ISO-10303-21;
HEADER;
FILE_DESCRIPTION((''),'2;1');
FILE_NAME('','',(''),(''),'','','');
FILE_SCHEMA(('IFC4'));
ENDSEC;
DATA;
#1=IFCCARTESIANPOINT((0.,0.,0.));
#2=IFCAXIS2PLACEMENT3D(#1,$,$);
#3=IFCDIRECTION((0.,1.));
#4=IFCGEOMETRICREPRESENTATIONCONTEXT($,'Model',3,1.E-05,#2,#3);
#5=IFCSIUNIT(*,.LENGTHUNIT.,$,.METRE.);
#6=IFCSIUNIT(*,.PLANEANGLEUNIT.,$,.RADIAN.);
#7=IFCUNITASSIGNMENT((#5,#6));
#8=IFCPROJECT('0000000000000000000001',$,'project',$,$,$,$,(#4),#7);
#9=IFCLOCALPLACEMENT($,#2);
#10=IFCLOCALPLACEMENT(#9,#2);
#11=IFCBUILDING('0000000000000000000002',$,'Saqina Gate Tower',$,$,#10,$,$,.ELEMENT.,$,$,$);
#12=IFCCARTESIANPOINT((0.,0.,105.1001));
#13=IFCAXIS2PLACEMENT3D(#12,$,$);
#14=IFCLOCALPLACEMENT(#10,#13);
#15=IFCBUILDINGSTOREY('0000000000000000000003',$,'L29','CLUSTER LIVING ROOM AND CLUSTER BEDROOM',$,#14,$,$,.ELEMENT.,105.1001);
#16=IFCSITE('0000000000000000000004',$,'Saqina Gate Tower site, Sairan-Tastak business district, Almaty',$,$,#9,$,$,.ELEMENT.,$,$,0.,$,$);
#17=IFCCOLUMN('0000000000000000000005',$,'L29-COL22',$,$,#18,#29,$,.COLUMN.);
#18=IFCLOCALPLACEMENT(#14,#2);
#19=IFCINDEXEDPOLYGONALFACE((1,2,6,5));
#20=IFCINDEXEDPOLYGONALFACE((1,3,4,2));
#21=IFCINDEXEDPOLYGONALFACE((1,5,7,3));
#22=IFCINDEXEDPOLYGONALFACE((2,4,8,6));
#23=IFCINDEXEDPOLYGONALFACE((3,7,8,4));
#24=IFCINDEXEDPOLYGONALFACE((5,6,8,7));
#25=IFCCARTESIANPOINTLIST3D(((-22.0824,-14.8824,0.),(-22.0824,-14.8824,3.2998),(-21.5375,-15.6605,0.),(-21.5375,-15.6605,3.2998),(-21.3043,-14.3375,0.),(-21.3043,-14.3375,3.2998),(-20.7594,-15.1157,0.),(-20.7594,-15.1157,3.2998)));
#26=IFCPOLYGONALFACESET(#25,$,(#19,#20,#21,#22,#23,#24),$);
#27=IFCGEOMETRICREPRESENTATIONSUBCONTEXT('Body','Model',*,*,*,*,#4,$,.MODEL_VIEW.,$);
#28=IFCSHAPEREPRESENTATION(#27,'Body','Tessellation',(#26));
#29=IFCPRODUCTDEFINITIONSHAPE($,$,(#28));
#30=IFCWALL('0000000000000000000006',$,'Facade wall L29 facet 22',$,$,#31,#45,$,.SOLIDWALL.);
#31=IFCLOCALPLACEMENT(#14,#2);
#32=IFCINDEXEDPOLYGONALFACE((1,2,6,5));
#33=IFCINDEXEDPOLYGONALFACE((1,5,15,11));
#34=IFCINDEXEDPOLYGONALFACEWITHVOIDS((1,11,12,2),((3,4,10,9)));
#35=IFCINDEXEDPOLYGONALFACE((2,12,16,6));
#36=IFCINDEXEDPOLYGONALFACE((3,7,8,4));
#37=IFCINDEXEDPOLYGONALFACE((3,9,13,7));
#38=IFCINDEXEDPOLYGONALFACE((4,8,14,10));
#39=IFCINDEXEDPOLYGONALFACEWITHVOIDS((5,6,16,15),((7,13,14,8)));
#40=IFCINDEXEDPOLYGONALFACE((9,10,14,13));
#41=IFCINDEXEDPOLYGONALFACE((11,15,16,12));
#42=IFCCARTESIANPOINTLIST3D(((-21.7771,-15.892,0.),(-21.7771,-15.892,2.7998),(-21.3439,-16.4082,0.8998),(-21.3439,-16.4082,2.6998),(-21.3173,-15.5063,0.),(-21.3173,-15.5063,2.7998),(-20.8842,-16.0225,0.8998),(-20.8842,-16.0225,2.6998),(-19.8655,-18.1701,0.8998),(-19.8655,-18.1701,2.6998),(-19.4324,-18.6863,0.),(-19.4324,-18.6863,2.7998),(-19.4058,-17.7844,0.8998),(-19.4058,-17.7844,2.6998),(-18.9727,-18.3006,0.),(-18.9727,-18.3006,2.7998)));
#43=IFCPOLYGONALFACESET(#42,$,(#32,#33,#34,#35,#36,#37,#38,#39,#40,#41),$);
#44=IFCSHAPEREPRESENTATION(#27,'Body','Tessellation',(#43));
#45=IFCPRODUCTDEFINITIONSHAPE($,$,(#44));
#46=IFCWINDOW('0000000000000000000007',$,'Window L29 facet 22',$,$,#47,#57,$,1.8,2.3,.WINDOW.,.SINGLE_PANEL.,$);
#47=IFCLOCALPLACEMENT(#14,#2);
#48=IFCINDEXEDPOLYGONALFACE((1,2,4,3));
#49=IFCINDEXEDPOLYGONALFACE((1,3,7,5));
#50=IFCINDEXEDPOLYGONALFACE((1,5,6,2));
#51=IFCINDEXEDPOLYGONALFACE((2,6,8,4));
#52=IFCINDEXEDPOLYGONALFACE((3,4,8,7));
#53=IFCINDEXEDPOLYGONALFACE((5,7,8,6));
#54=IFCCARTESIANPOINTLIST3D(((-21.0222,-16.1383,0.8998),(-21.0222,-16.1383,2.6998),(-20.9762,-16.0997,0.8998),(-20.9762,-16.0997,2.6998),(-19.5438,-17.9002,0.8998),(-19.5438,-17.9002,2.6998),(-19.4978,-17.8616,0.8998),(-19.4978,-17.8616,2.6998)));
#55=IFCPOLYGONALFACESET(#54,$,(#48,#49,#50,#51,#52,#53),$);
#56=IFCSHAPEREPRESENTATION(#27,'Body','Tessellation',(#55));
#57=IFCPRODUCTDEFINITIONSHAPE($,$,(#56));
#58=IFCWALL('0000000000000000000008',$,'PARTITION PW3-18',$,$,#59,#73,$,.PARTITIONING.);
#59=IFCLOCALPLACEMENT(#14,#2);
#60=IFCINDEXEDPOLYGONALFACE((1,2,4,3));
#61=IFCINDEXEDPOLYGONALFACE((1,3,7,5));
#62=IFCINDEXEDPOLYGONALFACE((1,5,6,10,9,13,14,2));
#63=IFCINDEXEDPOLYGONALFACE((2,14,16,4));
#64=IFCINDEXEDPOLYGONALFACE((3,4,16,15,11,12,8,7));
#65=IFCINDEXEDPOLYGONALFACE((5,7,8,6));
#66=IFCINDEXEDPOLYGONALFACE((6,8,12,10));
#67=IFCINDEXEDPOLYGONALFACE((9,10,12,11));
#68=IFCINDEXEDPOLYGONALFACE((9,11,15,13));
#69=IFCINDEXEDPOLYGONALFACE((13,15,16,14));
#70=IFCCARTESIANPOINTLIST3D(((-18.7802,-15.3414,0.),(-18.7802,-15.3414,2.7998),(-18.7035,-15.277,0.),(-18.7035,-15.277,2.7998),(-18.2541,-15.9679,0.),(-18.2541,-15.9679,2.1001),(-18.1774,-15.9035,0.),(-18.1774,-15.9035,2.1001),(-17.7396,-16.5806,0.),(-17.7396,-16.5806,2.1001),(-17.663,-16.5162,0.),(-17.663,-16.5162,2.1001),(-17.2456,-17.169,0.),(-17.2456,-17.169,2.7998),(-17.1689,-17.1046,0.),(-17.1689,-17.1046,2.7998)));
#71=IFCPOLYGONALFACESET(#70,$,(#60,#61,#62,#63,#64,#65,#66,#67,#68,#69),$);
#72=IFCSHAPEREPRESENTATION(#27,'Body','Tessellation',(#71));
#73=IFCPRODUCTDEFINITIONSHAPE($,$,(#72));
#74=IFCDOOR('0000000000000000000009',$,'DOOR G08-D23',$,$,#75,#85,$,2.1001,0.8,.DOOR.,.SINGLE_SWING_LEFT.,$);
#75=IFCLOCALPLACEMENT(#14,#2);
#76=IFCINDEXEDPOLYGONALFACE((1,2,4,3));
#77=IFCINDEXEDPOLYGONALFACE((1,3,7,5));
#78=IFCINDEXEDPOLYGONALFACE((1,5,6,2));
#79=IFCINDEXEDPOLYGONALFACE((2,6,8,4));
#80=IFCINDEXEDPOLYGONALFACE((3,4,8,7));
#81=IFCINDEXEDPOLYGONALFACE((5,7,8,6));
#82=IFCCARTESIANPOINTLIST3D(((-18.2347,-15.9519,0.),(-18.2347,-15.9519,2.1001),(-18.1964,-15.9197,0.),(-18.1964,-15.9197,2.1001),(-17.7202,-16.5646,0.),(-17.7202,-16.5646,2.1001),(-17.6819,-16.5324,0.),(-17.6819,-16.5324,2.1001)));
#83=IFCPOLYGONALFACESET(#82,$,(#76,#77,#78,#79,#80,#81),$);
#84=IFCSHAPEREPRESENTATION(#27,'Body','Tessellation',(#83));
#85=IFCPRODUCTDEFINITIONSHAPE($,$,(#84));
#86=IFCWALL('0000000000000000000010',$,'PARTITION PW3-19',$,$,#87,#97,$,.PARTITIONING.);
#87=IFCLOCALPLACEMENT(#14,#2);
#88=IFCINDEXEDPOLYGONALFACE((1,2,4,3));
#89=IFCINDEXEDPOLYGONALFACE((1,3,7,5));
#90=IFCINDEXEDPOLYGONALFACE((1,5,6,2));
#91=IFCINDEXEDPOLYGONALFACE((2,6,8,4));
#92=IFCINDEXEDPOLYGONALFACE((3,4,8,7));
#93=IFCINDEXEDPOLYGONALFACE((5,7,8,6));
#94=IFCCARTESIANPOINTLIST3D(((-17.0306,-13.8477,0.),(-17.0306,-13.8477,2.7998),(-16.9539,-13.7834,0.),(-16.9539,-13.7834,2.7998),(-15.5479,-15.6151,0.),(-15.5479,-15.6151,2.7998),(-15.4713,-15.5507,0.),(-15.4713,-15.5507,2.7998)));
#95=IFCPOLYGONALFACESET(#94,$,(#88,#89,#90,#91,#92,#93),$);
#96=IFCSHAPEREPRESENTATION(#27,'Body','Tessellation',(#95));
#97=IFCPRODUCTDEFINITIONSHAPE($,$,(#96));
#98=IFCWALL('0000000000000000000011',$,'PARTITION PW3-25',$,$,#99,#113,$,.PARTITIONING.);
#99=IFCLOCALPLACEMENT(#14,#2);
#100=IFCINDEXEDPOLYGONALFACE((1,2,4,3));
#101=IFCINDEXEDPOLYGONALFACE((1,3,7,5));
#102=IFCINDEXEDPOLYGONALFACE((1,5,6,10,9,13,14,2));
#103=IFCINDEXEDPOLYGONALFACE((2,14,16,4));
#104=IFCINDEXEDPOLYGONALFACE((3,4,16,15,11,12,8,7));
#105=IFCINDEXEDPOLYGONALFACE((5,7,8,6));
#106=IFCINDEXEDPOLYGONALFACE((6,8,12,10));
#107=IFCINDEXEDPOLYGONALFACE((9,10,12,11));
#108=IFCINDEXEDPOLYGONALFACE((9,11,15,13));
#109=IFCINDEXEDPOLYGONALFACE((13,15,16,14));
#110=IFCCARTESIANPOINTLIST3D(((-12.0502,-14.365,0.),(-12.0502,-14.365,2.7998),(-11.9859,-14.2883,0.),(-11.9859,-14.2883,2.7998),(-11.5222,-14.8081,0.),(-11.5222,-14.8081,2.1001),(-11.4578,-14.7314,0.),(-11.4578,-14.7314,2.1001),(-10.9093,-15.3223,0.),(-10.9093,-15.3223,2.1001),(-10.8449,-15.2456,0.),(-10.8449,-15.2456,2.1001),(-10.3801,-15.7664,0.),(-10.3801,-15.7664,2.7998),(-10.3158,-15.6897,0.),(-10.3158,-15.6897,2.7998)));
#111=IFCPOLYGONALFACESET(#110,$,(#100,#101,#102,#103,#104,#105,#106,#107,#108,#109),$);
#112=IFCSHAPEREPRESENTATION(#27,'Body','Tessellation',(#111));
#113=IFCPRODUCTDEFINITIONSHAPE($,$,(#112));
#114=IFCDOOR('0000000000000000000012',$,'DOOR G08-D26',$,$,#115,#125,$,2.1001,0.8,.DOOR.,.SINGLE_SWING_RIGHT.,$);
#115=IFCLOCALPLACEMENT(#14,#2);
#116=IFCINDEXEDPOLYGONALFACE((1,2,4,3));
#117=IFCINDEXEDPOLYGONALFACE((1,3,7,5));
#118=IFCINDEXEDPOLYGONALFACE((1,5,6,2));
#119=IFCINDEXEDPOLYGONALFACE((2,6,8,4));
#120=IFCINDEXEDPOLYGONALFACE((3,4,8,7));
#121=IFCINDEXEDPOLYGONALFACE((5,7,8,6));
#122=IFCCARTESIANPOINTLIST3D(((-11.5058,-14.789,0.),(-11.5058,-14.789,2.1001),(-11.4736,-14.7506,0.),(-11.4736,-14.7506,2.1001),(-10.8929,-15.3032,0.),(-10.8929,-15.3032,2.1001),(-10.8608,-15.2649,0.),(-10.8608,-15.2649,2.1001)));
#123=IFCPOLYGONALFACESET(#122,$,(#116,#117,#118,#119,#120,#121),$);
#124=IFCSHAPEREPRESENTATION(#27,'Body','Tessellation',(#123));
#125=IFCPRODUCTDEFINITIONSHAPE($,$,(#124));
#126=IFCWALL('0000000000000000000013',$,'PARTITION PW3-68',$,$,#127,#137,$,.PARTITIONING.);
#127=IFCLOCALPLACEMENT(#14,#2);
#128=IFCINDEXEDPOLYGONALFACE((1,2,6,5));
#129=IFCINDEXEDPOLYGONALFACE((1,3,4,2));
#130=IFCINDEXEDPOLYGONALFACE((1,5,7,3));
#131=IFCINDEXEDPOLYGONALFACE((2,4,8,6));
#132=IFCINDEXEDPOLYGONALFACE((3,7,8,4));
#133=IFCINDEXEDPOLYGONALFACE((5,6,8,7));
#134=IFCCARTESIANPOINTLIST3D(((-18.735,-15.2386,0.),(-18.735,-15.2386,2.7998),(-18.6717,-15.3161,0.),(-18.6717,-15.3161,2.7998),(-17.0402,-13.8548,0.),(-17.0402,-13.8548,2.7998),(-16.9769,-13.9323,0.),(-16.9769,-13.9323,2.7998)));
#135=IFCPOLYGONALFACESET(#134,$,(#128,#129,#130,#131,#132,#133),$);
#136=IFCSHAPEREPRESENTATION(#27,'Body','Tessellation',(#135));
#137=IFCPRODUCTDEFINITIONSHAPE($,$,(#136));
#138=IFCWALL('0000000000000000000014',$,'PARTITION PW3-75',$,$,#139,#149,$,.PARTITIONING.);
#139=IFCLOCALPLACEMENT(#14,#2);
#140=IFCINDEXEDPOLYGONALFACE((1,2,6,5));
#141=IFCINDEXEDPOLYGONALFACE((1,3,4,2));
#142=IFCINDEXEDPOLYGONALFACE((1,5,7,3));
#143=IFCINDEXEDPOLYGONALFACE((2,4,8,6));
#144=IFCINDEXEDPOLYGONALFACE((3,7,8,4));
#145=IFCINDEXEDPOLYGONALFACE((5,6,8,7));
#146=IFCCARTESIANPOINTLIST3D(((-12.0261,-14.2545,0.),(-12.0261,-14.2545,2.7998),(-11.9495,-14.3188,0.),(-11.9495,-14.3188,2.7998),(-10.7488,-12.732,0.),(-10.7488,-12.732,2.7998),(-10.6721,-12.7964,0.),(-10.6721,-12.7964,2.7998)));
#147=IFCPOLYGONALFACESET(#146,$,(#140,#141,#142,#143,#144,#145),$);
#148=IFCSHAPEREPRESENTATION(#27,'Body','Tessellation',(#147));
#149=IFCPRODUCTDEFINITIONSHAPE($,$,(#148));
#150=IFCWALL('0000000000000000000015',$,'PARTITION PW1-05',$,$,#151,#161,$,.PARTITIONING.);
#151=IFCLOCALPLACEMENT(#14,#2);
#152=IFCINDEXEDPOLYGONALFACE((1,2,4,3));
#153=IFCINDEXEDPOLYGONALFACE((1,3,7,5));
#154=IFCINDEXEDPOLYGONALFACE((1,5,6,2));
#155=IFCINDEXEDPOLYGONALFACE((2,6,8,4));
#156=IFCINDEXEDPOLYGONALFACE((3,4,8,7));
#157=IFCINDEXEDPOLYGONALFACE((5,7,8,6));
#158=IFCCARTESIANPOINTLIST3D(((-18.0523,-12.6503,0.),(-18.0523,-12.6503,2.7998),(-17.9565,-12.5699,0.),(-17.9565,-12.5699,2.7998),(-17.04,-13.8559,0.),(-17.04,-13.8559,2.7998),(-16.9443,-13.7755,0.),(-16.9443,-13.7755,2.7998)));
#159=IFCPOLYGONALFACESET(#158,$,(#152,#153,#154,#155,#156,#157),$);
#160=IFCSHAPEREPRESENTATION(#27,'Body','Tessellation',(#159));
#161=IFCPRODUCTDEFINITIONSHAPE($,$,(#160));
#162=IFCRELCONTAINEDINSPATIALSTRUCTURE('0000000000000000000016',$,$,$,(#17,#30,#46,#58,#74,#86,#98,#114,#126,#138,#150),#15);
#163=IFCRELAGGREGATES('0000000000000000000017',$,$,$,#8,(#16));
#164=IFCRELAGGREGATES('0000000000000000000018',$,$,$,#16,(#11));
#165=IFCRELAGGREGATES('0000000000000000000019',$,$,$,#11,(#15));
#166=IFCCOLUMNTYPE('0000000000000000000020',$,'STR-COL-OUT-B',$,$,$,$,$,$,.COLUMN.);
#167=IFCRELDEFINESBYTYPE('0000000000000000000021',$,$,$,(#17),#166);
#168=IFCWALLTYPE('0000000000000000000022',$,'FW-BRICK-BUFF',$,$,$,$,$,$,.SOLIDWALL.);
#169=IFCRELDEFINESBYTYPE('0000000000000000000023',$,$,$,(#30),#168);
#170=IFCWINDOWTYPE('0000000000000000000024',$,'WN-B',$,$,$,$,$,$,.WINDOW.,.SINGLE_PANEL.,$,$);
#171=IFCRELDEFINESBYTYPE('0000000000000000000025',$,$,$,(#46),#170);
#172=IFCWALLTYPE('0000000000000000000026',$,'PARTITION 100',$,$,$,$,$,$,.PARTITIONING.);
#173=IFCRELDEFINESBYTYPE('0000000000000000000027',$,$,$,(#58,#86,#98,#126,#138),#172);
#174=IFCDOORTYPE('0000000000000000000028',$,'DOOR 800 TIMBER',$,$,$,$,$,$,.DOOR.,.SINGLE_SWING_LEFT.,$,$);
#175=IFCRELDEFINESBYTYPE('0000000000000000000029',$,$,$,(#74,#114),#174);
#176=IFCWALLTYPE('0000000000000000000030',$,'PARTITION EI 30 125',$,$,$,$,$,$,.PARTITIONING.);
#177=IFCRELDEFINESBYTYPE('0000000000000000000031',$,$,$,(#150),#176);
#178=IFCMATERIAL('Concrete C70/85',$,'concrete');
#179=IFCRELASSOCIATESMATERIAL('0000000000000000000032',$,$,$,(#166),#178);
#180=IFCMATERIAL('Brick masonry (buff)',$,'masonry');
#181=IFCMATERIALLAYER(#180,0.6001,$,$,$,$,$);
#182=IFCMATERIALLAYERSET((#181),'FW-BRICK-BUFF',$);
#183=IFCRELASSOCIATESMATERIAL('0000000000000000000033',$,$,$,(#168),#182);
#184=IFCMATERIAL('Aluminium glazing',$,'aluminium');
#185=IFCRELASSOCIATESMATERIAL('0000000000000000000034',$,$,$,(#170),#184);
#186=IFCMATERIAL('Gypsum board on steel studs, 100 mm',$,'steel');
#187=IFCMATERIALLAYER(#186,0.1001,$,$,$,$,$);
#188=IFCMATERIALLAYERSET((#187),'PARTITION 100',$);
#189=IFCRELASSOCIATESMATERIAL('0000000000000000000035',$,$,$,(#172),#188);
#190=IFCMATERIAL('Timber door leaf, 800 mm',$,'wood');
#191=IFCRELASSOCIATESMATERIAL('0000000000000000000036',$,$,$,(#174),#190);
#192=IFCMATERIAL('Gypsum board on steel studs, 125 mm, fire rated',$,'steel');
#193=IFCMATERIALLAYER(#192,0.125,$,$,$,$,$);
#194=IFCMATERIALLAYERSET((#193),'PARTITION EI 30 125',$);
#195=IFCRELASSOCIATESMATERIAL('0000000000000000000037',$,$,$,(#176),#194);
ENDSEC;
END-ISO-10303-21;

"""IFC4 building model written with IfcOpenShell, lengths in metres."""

from ifc_helpers import new_model, si_unit, direction, frame, frame_2d, origin, origin_2d, place, context, subcontext, project, spatial, rectangle, extrude, material, layer, layer_set, material_profile, profile_set, type_object, element, fill, save


model = new_model("IFC4")

# Units and contexts
model_context = context("Model", 3, precision=1e-05, world=origin(), true_north=direction((0.0, 1.0)))
body_context = subcontext(model_context, "Body", "Model", "MODEL_VIEW")
ifc_project = project(units=[si_unit("LENGTHUNIT", "METRE"), si_unit("PLANEANGLEUNIT", "RADIAN")], contexts=[model_context])

# Site, building, storey
site_placement = place(None, origin())
site = spatial("IfcSite", under=ifc_project, at=site_placement, Name="Saqina Gate Tower site, Sairan-Tastak business district, Almaty", CompositionType="ELEMENT", RefElevation=0.0)
building_placement = place(site_placement, origin())
building = spatial("IfcBuilding", under=site, at=building_placement, Name="Saqina Gate Tower", CompositionType="ELEMENT")
storey_placement = place(building_placement, frame((0.0, 0.0, 105.1001)))
storey = spatial("IfcBuildingStorey", under=building, at=storey_placement, Name="L29", Description="CLUSTER LIVING ROOM AND CLUSTER BEDROOM", CompositionType="ELEMENT", Elevation=105.1001)

# Column
ifc_material_1 = material(Name="Concrete C70/85", Category="concrete")
ifc_material_profile = material_profile(ifc_material_1, rectangle(XDim=0.95, YDim=0.95, at=origin_2d()), Name="RC 950x950")
ifc_profile_set = profile_set([ifc_material_profile], Name="Concrete C70/85")
column_type = type_object("IfcColumnType", Name="STR-COL-OUT-B", PredefinedType="COLUMN", material=ifc_profile_set)
column_placement = place(storey_placement, frame((-21.4209, -14.999, 0.0), z_axis=(0.0, 0.0, 1.0), x_axis=(-0.819152, -0.573576, 0.0)))
element("IfcColumn", 1, at=column_placement, inside=storey, type_object=column_type, Name="L29-COL22", PredefinedType="COLUMN", context=body_context, shape_type="SweptSolid", body=[
    extrude(rectangle(XDim=0.95, YDim=0.95, at=origin_2d()), origin(), (0.0, 0.0, 1.0), 3.2998),
])

# Wall, opening, window
ifc_material_2 = material(Name="Brick masonry (buff)", Category="masonry")
ifc_layer_1 = layer(ifc_material_2, 0.6001)
ifc_layer_set_1 = layer_set([ifc_layer_1], Name="FW-BRICK-BUFF")
wall_type_1 = type_object("IfcWallType", Name="FW-BRICK-BUFF", PredefinedType="SOLIDWALL", material=ifc_layer_set_1)
wall_1_placement = place(storey_placement, frame((-21.5471, -15.6992, 0.0), z_axis=(0.0, 0.0, 1.0), x_axis=(0.642774, -0.766055, 0.0)))
wall_1 = element("IfcWall", 2, at=wall_1_placement, inside=storey, type_object=wall_type_1, Name="Facade wall L29 facet 22", PredefinedType="SOLIDWALL", context=body_context, shape_type="SweptSolid", body=[
    extrude(rectangle(XDim=3.6477, YDim=0.6001, at=frame_2d((1.8237, 0.0))), origin(), (0.0, 0.0, 1.0), 2.7998),
])
opening_1_placement = place(wall_1_placement, frame((0.6738, 0.0, 0.8999)))
opening_1 = element("IfcOpeningElement", 3, at=opening_1_placement, cuts=wall_1, PredefinedType="OPENING", context=body_context, shape_type="SweptSolid", body=[
    extrude(rectangle(XDim=2.3, YDim=1.8, at=frame_2d((1.1499, 0.8999))), frame((0.0, 0.312, 0.0), z_axis=(0.0, -1.0, 0.0), x_axis=(1.0, 0.0, 0.0)), (0.0, 0.0, 1.0), 0.624),
])
ifc_material_3 = material(Name="Aluminium glazing", Category="aluminium")
window_type = type_object("IfcWindowType", Name="WN-B", PartitioningType="SINGLE_PANEL", PredefinedType="WINDOW", material=ifc_material_3)
window_placement = place(opening_1_placement, origin())
window = element("IfcWindow", 4, at=window_placement, inside=storey, type_object=window_type, Name="Window L29 facet 22", OverallHeight=1.8, OverallWidth=2.3, PartitioningType="SINGLE_PANEL", PredefinedType="WINDOW", context=body_context, shape_type="SweptSolid", body=[
    extrude(rectangle(XDim=2.3, YDim=1.8, at=frame_2d((1.1499, 0.8999))), frame((0.0, 0.1799, 0.0), z_axis=(0.0, -1.0, 0.0), x_axis=(1.0, 0.0, 0.0)), (0.0, 0.0, 1.0), 0.0601),
])
fill(opening_1, window)

# Wall, opening, door
ifc_material_4 = material(Name="Gypsum board on steel studs, 100 mm", Category="steel")
ifc_layer_2 = layer(ifc_material_4, 0.1001)
ifc_layer_set_2 = layer_set([ifc_layer_2], Name="PARTITION 100")
wall_type_2 = type_object("IfcWallType", Name="PARTITION 100", PredefinedType="PARTITIONING", material=ifc_layer_set_2)
wall_2_placement = place(storey_placement, frame((-18.7419, -15.3091, 0.0), z_axis=(0.0, 0.0, 1.0), x_axis=(0.643058, -0.765818, 0.0)))
wall_2 = element("IfcWall", 5, at=wall_2_placement, inside=storey, type_object=wall_type_2, Name="PARTITION PW3-18", PredefinedType="PARTITIONING", context=body_context, shape_type="SweptSolid", body=[
    extrude(rectangle(XDim=2.3865, YDim=0.1001, at=frame_2d((1.1934, 0.0))), origin(), (0.0, 0.0, 1.0), 2.7998),
])
opening_2_placement = place(wall_2_placement, frame((0.8184, 0.0, 0.0)))
opening_2 = element("IfcOpeningElement", 6, at=opening_2_placement, cuts=wall_2, PredefinedType="OPENING", context=body_context, shape_type="SweptSolid", body=[
    extrude(rectangle(XDim=0.8, YDim=2.1001, at=frame_2d((0.3999, 1.05))), frame((0.0, 0.062, 0.0), z_axis=(0.0, -1.0, 0.0), x_axis=(1.0, 0.0, 0.0)), (0.0, 0.0, 1.0), 0.124),
])
ifc_material_5 = material(Name="Timber door leaf, 800 mm", Category="wood")
door_type_1 = type_object("IfcDoorType", Name="DOOR 800 TIMBER", OperationType="SINGLE_SWING_LEFT", PredefinedType="DOOR", material=ifc_material_5)
door_1_placement = place(opening_2_placement, frame((0.8, 0.0, 0.0), z_axis=(0.0, 0.0, 1.0), x_axis=(-1.0, 0.0, 0.0)))
door_1 = element("IfcDoor", 7, at=door_1_placement, inside=storey, type_object=door_type_1, Name="DOOR G08-D23", OperationType="SINGLE_SWING_LEFT", OverallHeight=2.1001, OverallWidth=0.8, PredefinedType="DOOR", context=body_context, shape_type="SweptSolid", body=[
    extrude(rectangle(XDim=0.8, YDim=2.1001, at=frame_2d((0.3999, 1.05))), frame((0.0, 0.0249, 0.0), z_axis=(0.0, -1.0, 0.0), x_axis=(1.0, 0.0, 0.0)), (0.0, 0.0, 1.0), 0.05),
])
fill(opening_2, door_1)

# Wall
wall_3_placement = place(storey_placement, frame((-16.9922, -13.8157, 0.0), z_axis=(0.0, 0.0, 1.0), x_axis=(0.64271, -0.766109, 0.0)))
element("IfcWall", 8, at=wall_3_placement, inside=storey, type_object=wall_type_2, Name="PARTITION PW3-19", PredefinedType="PARTITIONING", context=body_context, shape_type="SweptSolid", body=[
    extrude(rectangle(XDim=2.3069, YDim=0.1001, at=frame_2d((1.1533, 0.0))), origin(), (0.0, 0.0, 1.0), 2.7998),
])

# Wall, opening, door
wall_4_placement = place(storey_placement, frame((-12.0181, -14.3267, 0.0), z_axis=(0.0, 0.0, 1.0), x_axis=(0.76606, -0.642769, 0.0)))
wall_4 = element("IfcWall", 9, at=wall_4_placement, inside=storey, type_object=wall_type_2, Name="PARTITION PW3-25", PredefinedType="PARTITIONING", context=body_context, shape_type="SweptSolid", body=[
    extrude(rectangle(XDim=2.1802, YDim=0.1001, at=frame_2d((1.0901, 0.0))), origin(), (0.0, 0.0, 1.0), 2.7998),
])
opening_3_placement = place(wall_4_placement, frame((0.6895, 0.0, 0.0)))
opening_3 = element("IfcOpeningElement", 10, at=opening_3_placement, cuts=wall_4, PredefinedType="OPENING", context=body_context, shape_type="SweptSolid", body=[
    extrude(rectangle(XDim=0.8, YDim=2.1001, at=frame_2d((0.3999, 1.05))), frame((0.0, 0.062, 0.0), z_axis=(0.0, -1.0, 0.0), x_axis=(1.0, 0.0, 0.0)), (0.0, 0.0, 1.0), 0.124),
])
door_2_placement = place(opening_3_placement, frame((0.8, 0.0, 0.0), z_axis=(0.0, 0.0, 1.0), x_axis=(-1.0, 0.0, 0.0)))
door_2 = element("IfcDoor", 11, at=door_2_placement, inside=storey, type_object=door_type_1, Name="DOOR G08-D26", OperationType="SINGLE_SWING_RIGHT", OverallHeight=2.1001, OverallWidth=0.8, PredefinedType="DOOR", context=body_context, shape_type="SweptSolid", body=[
    extrude(rectangle(XDim=0.8, YDim=2.1001, at=frame_2d((0.3999, 1.05))), frame((0.0, 0.0249, 0.0), z_axis=(0.0, -1.0, 0.0), x_axis=(1.0, 0.0, 0.0)), (0.0, 0.0, 1.0), 0.05),
])
fill(opening_3, door_2)

# Walls
wall_5_placement = place(storey_placement, frame((-18.7034, -15.2773, 0.0), z_axis=(0.0, 0.0, 1.0), x_axis=(0.774603, 0.632448, 0.0)))
element("IfcWall", 12, at=wall_5_placement, inside=storey, type_object=wall_type_2, Name="PARTITION PW3-68", PredefinedType="PARTITIONING", context=body_context, shape_type="SweptSolid", body=[
    extrude(rectangle(XDim=2.188, YDim=0.1001, at=frame_2d((1.094, 0.0))), origin(), (0.0, 0.0, 1.0), 2.7998),
])
wall_6_placement = place(storey_placement, frame((-11.9878, -14.2866, 0.0), z_axis=(0.0, 0.0, 1.0), x_axis=(0.642743, 0.766082, 0.0)))
element("IfcWall", 13, at=wall_6_placement, inside=storey, type_object=wall_type_2, Name="PARTITION PW3-75", PredefinedType="PARTITIONING", context=body_context, shape_type="SweptSolid", body=[
    extrude(rectangle(XDim=1.9873, YDim=0.1001, at=frame_2d((0.9937, 0.0))), origin(), (0.0, 0.0, 1.0), 2.7998),
])
ifc_material_6 = material(Name="Gypsum board on steel studs, 125 mm, fire rated", Category="steel")
ifc_layer_3 = layer(ifc_material_6, 0.125)
ifc_layer_set_3 = layer_set([ifc_layer_3], Name="PARTITION EI 30 125")
wall_type_3 = type_object("IfcWallType", Name="PARTITION EI 30 125", PredefinedType="PARTITIONING", material=ifc_layer_set_3)
wall_7_placement = place(storey_placement, frame((-18.0044, -12.6101, 0.0), z_axis=(0.0, 0.0, 1.0), x_axis=(0.643017, -0.765851, 0.0)))
element("IfcWall", 14, at=wall_7_placement, inside=storey, type_object=wall_type_3, Name="PARTITION PW1-05", PredefinedType="PARTITIONING", context=body_context, shape_type="SweptSolid", body=[
    extrude(rectangle(XDim=1.5742, YDim=0.125, at=frame_2d((0.7871, 0.0))), origin(), (0.0, 0.0, 1.0), 2.7998),
])

save(model, "model.ifc")
